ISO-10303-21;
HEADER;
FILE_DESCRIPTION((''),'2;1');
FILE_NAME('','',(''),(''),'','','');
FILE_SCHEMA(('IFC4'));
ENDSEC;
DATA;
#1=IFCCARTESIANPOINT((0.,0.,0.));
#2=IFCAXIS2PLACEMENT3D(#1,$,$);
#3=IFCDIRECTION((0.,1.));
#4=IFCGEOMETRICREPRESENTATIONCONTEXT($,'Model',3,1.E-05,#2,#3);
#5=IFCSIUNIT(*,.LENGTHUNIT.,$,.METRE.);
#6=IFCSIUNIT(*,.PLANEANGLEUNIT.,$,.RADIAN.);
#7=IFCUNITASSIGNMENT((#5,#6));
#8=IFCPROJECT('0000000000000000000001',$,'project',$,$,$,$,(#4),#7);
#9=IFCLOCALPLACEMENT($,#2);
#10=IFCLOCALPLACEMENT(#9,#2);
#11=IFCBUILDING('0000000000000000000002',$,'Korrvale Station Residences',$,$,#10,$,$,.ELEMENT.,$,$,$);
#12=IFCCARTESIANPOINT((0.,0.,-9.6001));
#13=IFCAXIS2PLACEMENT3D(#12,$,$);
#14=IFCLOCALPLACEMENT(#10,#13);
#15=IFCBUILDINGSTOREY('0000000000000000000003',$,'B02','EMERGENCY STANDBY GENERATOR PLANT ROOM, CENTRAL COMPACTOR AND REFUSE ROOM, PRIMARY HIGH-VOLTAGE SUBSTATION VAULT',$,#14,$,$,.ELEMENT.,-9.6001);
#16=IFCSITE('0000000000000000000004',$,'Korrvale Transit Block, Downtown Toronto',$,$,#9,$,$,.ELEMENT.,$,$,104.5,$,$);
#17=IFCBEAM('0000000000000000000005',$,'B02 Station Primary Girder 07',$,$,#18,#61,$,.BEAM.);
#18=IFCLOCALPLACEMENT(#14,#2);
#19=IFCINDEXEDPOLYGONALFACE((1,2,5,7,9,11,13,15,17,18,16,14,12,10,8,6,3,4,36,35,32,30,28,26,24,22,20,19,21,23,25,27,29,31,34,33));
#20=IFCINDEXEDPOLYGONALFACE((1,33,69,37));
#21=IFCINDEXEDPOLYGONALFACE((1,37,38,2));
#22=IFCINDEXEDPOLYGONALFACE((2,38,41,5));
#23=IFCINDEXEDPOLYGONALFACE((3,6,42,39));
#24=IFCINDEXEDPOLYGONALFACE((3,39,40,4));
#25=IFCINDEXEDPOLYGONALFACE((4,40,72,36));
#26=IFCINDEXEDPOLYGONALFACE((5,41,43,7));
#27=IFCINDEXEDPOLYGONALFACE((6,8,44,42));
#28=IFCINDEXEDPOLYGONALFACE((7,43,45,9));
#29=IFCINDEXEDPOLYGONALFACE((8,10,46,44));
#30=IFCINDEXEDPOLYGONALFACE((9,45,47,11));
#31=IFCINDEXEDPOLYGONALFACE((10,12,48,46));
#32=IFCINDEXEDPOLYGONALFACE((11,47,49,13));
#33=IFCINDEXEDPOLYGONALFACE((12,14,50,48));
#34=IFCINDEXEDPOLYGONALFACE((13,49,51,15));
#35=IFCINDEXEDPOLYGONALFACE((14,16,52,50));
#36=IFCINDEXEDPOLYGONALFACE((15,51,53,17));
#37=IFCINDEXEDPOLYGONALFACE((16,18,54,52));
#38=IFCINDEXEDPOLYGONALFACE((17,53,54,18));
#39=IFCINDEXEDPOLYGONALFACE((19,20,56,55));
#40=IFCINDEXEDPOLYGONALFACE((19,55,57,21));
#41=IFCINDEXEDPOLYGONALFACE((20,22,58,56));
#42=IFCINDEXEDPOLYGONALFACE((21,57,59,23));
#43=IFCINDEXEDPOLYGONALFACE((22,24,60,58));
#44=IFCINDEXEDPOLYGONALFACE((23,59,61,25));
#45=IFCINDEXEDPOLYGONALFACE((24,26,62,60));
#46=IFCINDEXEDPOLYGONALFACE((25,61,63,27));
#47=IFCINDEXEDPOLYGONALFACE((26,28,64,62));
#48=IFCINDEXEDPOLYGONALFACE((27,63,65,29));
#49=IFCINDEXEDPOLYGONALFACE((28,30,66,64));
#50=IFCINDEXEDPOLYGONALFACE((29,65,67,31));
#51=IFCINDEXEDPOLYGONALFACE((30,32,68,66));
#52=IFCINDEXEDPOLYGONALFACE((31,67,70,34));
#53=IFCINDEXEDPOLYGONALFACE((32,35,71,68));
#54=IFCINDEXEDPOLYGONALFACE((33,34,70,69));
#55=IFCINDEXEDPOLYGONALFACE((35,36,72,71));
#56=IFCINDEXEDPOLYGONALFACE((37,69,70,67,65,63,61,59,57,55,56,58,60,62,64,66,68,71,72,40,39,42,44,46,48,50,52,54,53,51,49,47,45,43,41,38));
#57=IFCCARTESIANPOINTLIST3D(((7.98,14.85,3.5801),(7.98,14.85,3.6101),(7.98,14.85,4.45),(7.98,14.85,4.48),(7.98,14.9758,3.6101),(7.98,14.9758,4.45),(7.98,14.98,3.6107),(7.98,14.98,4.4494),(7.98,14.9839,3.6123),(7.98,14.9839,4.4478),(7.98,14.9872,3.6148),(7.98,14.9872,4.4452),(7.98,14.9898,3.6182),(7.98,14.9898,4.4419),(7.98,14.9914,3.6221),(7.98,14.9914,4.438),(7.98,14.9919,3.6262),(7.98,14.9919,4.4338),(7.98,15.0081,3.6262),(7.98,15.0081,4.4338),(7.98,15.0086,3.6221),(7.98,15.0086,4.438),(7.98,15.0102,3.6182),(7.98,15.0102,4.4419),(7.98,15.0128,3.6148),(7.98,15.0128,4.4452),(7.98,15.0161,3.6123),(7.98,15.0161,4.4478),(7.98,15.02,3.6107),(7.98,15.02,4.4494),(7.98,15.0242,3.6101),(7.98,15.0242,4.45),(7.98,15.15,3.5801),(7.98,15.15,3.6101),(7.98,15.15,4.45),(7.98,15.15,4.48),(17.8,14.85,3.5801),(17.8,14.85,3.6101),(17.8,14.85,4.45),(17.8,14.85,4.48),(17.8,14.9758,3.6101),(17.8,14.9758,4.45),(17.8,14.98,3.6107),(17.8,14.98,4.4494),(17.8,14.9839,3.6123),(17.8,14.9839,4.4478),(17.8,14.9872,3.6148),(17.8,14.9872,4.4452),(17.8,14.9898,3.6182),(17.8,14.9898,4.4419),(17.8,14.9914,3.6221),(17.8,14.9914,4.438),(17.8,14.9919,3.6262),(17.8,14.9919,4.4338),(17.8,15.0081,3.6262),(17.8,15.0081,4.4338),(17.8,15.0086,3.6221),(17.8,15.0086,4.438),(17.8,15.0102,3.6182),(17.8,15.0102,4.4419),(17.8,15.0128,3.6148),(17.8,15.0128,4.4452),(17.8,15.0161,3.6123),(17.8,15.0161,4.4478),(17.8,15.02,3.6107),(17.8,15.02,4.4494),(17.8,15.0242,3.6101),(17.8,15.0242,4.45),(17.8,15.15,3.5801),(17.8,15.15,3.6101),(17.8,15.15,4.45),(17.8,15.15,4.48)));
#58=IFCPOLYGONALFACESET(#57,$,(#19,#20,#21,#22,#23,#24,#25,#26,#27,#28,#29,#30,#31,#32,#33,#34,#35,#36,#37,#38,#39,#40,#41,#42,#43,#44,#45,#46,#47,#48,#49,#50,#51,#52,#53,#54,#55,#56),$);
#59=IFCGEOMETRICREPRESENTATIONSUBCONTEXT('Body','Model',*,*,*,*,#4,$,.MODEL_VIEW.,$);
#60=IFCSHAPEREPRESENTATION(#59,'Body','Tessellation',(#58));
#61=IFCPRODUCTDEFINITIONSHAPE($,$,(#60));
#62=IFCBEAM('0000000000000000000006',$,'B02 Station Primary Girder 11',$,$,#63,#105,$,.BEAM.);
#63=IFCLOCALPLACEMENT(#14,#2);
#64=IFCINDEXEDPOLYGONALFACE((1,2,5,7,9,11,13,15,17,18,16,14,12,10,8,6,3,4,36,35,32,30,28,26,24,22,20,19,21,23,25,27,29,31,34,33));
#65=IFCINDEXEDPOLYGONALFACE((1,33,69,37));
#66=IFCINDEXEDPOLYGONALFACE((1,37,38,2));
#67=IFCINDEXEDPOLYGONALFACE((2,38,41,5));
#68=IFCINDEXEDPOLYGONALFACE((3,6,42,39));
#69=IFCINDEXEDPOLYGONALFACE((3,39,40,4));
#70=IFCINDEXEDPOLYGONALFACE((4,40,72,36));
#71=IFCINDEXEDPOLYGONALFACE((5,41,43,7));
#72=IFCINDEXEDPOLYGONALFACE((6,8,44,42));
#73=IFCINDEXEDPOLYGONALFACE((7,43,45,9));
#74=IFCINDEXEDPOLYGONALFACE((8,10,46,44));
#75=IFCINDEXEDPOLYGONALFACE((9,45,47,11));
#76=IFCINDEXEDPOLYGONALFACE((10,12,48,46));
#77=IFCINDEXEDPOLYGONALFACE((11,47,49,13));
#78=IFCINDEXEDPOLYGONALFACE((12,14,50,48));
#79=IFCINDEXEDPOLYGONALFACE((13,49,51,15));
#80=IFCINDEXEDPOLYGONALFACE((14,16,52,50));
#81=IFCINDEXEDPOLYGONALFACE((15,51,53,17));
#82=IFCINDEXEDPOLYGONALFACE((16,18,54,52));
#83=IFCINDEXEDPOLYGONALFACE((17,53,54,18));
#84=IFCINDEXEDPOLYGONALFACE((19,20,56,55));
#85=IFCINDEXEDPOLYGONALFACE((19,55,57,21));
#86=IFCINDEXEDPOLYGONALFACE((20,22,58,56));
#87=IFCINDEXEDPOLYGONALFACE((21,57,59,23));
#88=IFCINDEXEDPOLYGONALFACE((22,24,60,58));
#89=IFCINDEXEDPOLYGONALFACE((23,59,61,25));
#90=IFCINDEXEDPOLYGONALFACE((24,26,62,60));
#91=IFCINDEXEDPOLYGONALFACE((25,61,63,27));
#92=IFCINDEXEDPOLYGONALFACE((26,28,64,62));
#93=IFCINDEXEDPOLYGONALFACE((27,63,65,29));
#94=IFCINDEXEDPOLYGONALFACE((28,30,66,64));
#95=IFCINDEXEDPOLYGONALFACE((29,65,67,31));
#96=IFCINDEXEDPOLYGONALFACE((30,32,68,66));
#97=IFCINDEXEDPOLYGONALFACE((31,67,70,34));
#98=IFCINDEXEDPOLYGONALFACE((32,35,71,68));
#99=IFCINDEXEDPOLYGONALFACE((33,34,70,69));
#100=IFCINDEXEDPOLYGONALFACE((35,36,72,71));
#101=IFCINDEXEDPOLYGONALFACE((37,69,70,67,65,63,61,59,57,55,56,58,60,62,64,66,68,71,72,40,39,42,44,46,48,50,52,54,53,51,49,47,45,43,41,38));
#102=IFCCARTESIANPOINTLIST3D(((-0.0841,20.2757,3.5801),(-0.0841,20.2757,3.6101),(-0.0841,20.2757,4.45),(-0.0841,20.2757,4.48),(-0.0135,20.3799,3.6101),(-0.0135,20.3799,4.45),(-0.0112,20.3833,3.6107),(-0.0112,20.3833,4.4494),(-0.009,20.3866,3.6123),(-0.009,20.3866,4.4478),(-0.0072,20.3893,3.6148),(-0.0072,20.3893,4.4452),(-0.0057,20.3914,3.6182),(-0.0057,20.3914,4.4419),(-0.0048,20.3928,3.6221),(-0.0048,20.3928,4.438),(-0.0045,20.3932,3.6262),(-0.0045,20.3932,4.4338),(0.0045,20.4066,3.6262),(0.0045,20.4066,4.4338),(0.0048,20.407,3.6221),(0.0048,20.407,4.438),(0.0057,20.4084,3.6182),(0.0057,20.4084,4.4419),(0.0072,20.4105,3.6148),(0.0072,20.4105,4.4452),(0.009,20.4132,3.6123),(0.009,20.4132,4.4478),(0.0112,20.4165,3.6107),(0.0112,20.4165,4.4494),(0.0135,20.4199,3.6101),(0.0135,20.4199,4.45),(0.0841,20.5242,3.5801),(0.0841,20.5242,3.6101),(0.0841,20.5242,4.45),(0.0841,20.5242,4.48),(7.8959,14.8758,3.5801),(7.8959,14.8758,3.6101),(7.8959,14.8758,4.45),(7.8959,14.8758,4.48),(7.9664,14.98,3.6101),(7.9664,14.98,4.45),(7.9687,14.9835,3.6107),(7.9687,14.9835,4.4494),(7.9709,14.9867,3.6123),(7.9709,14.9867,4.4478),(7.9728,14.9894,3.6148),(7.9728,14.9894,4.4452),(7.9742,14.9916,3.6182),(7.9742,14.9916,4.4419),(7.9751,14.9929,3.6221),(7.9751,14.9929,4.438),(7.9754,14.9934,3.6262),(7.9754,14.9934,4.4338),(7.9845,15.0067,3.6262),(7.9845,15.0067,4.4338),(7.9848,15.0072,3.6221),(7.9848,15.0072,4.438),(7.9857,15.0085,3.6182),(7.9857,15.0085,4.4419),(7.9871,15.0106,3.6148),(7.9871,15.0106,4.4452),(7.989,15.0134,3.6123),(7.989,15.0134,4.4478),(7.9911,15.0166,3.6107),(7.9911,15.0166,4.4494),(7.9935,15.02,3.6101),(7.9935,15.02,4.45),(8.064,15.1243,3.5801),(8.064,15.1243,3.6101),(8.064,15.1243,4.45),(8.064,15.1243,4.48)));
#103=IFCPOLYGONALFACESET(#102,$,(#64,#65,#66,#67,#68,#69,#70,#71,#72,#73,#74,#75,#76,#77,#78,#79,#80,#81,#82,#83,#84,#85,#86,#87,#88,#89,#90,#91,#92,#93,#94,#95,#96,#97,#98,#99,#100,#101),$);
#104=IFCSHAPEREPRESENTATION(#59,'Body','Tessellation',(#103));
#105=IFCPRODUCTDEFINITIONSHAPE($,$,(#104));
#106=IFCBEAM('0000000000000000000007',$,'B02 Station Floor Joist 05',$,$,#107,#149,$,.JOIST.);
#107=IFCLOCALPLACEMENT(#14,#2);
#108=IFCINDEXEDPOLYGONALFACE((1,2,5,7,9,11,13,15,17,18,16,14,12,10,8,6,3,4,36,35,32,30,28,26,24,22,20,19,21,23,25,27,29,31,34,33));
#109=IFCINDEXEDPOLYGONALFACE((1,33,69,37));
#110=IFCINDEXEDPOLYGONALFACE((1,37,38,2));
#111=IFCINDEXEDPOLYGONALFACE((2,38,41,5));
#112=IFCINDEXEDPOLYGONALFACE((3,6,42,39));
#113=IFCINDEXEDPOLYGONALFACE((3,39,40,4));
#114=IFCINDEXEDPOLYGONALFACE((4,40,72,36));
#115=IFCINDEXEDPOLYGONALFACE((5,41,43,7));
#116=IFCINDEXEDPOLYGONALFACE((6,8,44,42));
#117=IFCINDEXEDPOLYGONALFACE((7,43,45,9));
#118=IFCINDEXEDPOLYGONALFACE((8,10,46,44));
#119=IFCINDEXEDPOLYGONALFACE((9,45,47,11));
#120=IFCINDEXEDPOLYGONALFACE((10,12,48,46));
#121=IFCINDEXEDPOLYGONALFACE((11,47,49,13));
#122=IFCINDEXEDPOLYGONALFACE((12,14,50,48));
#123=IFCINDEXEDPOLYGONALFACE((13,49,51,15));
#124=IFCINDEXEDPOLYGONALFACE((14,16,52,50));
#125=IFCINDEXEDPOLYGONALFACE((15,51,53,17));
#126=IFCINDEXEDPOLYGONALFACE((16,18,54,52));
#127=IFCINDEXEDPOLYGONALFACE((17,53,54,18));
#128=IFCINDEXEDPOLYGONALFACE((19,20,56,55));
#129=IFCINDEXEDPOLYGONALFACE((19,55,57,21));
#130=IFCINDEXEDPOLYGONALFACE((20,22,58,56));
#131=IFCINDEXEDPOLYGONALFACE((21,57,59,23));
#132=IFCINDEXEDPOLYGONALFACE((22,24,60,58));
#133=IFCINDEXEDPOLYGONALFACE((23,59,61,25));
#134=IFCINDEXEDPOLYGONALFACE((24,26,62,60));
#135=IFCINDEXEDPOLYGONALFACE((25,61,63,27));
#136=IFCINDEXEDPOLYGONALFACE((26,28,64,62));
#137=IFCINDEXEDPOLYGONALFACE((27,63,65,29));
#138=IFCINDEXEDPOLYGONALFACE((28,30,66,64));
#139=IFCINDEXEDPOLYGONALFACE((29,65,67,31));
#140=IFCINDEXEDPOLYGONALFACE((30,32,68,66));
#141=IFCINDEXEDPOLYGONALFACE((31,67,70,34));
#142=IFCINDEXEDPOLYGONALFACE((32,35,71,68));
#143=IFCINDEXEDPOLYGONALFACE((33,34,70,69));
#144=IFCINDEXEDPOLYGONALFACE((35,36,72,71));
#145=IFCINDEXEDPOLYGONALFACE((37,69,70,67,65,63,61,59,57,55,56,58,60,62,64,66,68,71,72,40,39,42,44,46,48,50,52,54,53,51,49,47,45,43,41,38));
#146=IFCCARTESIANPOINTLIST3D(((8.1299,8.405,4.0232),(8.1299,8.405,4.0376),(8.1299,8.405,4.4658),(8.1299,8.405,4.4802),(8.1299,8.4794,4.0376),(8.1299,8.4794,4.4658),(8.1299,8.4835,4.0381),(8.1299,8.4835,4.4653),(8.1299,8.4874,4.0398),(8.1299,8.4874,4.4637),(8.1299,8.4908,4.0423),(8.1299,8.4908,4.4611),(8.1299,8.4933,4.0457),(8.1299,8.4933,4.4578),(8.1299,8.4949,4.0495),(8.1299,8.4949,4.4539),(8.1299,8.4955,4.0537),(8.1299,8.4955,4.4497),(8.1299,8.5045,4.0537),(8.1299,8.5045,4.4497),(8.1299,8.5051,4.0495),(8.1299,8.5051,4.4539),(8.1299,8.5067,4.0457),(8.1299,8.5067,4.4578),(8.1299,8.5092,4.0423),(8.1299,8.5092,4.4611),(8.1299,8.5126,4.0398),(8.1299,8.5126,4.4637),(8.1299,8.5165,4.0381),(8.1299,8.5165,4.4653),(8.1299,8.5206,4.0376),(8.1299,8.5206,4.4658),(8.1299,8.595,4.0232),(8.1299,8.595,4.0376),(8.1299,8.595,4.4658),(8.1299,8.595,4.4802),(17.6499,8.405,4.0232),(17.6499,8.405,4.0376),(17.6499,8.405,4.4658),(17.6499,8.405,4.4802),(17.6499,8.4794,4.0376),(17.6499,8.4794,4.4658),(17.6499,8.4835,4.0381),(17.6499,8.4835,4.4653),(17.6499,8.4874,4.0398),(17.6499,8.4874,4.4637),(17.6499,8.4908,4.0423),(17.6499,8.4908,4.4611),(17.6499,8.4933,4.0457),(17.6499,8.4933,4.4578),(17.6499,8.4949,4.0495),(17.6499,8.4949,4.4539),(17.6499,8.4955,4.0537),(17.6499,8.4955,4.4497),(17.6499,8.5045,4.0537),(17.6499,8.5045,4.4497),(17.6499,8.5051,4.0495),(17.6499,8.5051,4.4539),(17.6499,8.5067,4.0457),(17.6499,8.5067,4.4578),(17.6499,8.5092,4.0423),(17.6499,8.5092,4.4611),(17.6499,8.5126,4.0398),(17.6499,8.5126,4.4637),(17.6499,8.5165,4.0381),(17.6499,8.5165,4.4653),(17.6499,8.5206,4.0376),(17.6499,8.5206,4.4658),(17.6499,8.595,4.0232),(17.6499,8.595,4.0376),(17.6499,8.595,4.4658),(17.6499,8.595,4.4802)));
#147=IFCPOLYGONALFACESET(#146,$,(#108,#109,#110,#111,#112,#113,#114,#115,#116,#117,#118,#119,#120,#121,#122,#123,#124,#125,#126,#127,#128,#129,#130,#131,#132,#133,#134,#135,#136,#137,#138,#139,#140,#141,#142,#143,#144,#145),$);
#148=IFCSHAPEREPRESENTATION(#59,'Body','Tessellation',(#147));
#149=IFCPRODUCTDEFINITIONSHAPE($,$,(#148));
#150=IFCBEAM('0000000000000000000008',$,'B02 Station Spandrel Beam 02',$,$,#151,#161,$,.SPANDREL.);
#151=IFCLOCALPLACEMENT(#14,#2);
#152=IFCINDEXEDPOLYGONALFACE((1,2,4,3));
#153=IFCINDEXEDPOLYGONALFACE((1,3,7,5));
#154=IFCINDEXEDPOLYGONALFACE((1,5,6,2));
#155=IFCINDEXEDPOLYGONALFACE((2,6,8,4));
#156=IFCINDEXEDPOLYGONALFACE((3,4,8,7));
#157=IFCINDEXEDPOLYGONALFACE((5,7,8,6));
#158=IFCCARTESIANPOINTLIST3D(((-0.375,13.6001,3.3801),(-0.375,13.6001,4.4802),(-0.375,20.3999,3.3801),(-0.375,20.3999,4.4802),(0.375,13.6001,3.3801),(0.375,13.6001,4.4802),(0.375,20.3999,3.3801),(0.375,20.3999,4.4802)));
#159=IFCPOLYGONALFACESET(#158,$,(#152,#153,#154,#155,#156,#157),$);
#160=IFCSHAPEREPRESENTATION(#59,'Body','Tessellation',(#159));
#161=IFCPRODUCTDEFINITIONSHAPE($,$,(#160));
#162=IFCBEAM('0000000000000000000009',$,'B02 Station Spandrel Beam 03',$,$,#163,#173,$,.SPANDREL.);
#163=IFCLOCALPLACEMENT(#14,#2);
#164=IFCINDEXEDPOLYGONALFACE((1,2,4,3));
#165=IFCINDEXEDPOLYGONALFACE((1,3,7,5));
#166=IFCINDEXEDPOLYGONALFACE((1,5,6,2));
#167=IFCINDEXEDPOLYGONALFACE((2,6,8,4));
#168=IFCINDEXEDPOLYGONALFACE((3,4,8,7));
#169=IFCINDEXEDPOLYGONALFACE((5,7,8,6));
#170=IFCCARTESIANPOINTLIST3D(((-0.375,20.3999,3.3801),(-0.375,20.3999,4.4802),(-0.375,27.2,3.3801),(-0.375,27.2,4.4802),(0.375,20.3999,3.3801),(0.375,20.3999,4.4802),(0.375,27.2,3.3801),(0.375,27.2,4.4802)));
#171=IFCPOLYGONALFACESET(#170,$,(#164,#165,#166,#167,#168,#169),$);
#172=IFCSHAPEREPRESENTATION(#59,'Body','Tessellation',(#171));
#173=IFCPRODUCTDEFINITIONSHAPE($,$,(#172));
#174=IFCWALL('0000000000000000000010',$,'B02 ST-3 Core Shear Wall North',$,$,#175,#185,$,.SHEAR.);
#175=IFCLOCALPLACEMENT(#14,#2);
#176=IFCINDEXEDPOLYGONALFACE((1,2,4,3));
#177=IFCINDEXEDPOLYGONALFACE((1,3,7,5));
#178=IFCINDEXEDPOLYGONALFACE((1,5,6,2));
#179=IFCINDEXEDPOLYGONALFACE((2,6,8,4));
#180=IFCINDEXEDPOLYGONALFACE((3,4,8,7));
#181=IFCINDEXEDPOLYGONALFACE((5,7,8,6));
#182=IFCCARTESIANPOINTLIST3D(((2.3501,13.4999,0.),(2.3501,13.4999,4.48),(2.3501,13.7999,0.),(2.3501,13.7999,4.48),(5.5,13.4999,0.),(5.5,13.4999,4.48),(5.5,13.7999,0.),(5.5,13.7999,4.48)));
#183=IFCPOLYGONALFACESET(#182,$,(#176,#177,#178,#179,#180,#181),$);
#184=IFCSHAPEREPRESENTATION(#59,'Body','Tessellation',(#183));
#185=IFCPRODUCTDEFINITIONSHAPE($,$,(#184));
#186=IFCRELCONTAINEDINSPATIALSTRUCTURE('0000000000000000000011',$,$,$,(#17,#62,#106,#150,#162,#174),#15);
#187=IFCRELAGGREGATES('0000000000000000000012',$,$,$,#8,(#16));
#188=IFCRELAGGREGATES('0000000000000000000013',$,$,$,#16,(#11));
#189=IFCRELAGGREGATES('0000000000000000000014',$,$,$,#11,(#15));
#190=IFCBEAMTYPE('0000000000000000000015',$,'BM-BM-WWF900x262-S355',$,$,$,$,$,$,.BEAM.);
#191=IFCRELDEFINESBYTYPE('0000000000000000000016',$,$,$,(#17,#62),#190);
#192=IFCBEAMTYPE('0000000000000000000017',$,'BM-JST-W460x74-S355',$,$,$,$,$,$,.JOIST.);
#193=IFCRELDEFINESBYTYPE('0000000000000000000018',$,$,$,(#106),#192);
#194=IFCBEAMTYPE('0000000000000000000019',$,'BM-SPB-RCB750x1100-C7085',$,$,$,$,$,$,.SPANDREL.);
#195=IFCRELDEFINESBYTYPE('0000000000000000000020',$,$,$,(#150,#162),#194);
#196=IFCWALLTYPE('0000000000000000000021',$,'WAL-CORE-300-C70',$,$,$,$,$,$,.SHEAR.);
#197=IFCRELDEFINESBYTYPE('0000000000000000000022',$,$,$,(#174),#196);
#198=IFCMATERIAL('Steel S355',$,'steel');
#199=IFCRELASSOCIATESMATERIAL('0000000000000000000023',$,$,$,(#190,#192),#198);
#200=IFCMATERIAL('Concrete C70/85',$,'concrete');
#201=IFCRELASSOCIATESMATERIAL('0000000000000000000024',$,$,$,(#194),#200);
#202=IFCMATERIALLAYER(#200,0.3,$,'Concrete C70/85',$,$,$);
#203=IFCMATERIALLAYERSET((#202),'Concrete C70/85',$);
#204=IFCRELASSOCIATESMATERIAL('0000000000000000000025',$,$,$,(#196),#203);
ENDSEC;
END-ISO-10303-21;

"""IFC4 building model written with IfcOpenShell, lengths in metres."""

from ifc_helpers import new_model, si_unit, direction, frame, frame_2d, origin, origin_2d, place, context, subcontext, project, spatial, rectangle, i_section, extrude, material, layer, layer_set, material_profile, profile_set, type_object, element, save


model = new_model("IFC4")

# Units and contexts
model_context = context("Model", 3, precision=1e-05, world=origin(), true_north=direction((0.0, 1.0)))
body_context = subcontext(model_context, "Body", "Model", "MODEL_VIEW")
ifc_project = project(units=[si_unit("LENGTHUNIT", "METRE"), si_unit("PLANEANGLEUNIT", "RADIAN")], contexts=[model_context])

# Site, building, storey
site_placement = place(None, origin())
site = spatial("IfcSite", under=ifc_project, at=site_placement, Name="Korrvale Transit Block, Downtown Toronto", CompositionType="ELEMENT", RefElevation=104.5)
building_placement = place(site_placement, origin())
building = spatial("IfcBuilding", under=site, at=building_placement, Name="Korrvale Station Residences", CompositionType="ELEMENT")
storey_placement = place(building_placement, frame((0.0, 0.0, -9.6001)))
storey = spatial("IfcBuildingStorey", under=building, at=storey_placement, Name="B02", Description="EMERGENCY STANDBY GENERATOR PLANT ROOM, CENTRAL COMPACTOR AND REFUSE ROOM, PRIMARY HIGH-VOLTAGE SUBSTATION VAULT", CompositionType="ELEMENT", Elevation=-9.6001)

# Shared definitions
ifc_material_1 = material(Name="Concrete C70/85", Category="concrete")

# Beams
ifc_material_2 = material(Name="Steel S355", Category="steel")
ifc_material_profile_1 = material_profile(ifc_material_2, i_section(OverallWidth=0.3, OverallDepth=0.8999, WebThickness=0.0161, FlangeThickness=0.03, FilletRadius=0.0161, at=origin_2d()), Name="WWF900x262")
ifc_profile_set_1 = profile_set([ifc_material_profile_1], Name="Steel S355")
beam_type_1 = type_object("IfcBeamType", Name="BM-BM-WWF900x262-S355", PredefinedType="BEAM", material=ifc_profile_set_1)
beam_1_placement = place(storey_placement, frame((7.98, 15.0, 4.03), z_axis=(1.0, 0.0, 0.0), x_axis=(0.0, 1.0, 0.0)))
element("IfcBeam", 1, at=beam_1_placement, inside=storey, type_object=beam_type_1, Name="B02 Station Primary Girder 07", PredefinedType="BEAM", context=body_context, shape_type="SweptSolid", body=[
    extrude(i_section(OverallWidth=0.3, OverallDepth=0.8999, WebThickness=0.0161, FlangeThickness=0.03, FilletRadius=0.0161, at=origin_2d()), origin(), (0.0, 0.0, 1.0), 9.8201),
])
beam_2_placement = place(storey_placement, frame((0.0, 20.3999, 4.03), z_axis=(0.828202, -0.560429, 0.0), x_axis=(0.560429, 0.828202, 0.0)))
element("IfcBeam", 2, at=beam_2_placement, inside=storey, type_object=beam_type_1, Name="B02 Station Primary Girder 11", PredefinedType="BEAM", context=body_context, shape_type="SweptSolid", body=[
    extrude(i_section(OverallWidth=0.3, OverallDepth=0.8999, WebThickness=0.0161, FlangeThickness=0.03, FilletRadius=0.0161, at=origin_2d()), origin(), (0.0, 0.0, 1.0), 9.6353),
])
ifc_material_profile_2 = material_profile(ifc_material_2, i_section(OverallWidth=0.1899, OverallDepth=0.457, WebThickness=0.009, FlangeThickness=0.0144, FilletRadius=0.0161, at=origin_2d()), Name="W460x74")
ifc_profile_set_2 = profile_set([ifc_material_profile_2], Name="Steel S355")
beam_type_2 = type_object("IfcBeamType", Name="BM-JST-W460x74-S355", PredefinedType="JOIST", material=ifc_profile_set_2)
beam_3_placement = place(storey_placement, frame((8.1299, 8.5, 4.2517), z_axis=(1.0, 0.0, 0.0), x_axis=(0.0, 1.0, 0.0)))
element("IfcBeam", 3, at=beam_3_placement, inside=storey, type_object=beam_type_2, Name="B02 Station Floor Joist 05", PredefinedType="JOIST", context=body_context, shape_type="SweptSolid", body=[
    extrude(i_section(OverallWidth=0.1899, OverallDepth=0.457, WebThickness=0.009, FlangeThickness=0.0144, FilletRadius=0.0161, at=origin_2d()), origin(), (0.0, 0.0, 1.0), 9.52),
])
ifc_material_profile_3 = material_profile(ifc_material_1, rectangle(XDim=0.75, YDim=1.1001, at=origin_2d()), Name="RCB750x1100")
ifc_profile_set_3 = profile_set([ifc_material_profile_3], Name="Concrete C70/85")
beam_type_3 = type_object("IfcBeamType", Name="BM-SPB-RCB750x1100-C7085", PredefinedType="SPANDREL", material=ifc_profile_set_3)
beam_4_placement = place(storey_placement, frame((0.0, 13.6001, 3.9302), z_axis=(0.0, 1.0, 0.0), x_axis=(-1.0, 0.0, 0.0)))
element("IfcBeam", 4, at=beam_4_placement, inside=storey, type_object=beam_type_3, Name="B02 Station Spandrel Beam 02", PredefinedType="SPANDREL", context=body_context, shape_type="SweptSolid", body=[
    extrude(rectangle(XDim=0.75, YDim=1.1001, at=origin_2d()), origin(), (0.0, 0.0, 1.0), 6.7998),
])
beam_5_placement = place(storey_placement, frame((0.0, 20.3999, 3.9302), z_axis=(0.0, 1.0, 0.0), x_axis=(-1.0, 0.0, 0.0)))
element("IfcBeam", 5, at=beam_5_placement, inside=storey, type_object=beam_type_3, Name="B02 Station Spandrel Beam 03", PredefinedType="SPANDREL", context=body_context, shape_type="SweptSolid", body=[
    extrude(rectangle(XDim=0.75, YDim=1.1001, at=origin_2d()), origin(), (0.0, 0.0, 1.0), 6.8),
])

# Wall
ifc_layer = layer(ifc_material_1, 0.3, Name="Concrete C70/85")
ifc_layer_set = layer_set([ifc_layer], Name="Concrete C70/85")
wall_type = type_object("IfcWallType", Name="WAL-CORE-300-C70", PredefinedType="SHEAR", material=ifc_layer_set)
wall_placement = place(storey_placement, frame((2.3501, 13.6499, 0.0), z_axis=(0.0, 0.0, 1.0), x_axis=(1.0, 0.0, 0.0)))
element("IfcWall", 6, at=wall_placement, inside=storey, type_object=wall_type, Name="B02 ST-3 Core Shear Wall North", PredefinedType="SHEAR", context=body_context, shape_type="SweptSolid", body=[
    extrude(rectangle(XDim=3.1499, YDim=0.3, at=frame_2d((1.575, 0.0))), origin(), (0.0, 0.0, 1.0), 4.48),
])

save(model, "model.ifc")
